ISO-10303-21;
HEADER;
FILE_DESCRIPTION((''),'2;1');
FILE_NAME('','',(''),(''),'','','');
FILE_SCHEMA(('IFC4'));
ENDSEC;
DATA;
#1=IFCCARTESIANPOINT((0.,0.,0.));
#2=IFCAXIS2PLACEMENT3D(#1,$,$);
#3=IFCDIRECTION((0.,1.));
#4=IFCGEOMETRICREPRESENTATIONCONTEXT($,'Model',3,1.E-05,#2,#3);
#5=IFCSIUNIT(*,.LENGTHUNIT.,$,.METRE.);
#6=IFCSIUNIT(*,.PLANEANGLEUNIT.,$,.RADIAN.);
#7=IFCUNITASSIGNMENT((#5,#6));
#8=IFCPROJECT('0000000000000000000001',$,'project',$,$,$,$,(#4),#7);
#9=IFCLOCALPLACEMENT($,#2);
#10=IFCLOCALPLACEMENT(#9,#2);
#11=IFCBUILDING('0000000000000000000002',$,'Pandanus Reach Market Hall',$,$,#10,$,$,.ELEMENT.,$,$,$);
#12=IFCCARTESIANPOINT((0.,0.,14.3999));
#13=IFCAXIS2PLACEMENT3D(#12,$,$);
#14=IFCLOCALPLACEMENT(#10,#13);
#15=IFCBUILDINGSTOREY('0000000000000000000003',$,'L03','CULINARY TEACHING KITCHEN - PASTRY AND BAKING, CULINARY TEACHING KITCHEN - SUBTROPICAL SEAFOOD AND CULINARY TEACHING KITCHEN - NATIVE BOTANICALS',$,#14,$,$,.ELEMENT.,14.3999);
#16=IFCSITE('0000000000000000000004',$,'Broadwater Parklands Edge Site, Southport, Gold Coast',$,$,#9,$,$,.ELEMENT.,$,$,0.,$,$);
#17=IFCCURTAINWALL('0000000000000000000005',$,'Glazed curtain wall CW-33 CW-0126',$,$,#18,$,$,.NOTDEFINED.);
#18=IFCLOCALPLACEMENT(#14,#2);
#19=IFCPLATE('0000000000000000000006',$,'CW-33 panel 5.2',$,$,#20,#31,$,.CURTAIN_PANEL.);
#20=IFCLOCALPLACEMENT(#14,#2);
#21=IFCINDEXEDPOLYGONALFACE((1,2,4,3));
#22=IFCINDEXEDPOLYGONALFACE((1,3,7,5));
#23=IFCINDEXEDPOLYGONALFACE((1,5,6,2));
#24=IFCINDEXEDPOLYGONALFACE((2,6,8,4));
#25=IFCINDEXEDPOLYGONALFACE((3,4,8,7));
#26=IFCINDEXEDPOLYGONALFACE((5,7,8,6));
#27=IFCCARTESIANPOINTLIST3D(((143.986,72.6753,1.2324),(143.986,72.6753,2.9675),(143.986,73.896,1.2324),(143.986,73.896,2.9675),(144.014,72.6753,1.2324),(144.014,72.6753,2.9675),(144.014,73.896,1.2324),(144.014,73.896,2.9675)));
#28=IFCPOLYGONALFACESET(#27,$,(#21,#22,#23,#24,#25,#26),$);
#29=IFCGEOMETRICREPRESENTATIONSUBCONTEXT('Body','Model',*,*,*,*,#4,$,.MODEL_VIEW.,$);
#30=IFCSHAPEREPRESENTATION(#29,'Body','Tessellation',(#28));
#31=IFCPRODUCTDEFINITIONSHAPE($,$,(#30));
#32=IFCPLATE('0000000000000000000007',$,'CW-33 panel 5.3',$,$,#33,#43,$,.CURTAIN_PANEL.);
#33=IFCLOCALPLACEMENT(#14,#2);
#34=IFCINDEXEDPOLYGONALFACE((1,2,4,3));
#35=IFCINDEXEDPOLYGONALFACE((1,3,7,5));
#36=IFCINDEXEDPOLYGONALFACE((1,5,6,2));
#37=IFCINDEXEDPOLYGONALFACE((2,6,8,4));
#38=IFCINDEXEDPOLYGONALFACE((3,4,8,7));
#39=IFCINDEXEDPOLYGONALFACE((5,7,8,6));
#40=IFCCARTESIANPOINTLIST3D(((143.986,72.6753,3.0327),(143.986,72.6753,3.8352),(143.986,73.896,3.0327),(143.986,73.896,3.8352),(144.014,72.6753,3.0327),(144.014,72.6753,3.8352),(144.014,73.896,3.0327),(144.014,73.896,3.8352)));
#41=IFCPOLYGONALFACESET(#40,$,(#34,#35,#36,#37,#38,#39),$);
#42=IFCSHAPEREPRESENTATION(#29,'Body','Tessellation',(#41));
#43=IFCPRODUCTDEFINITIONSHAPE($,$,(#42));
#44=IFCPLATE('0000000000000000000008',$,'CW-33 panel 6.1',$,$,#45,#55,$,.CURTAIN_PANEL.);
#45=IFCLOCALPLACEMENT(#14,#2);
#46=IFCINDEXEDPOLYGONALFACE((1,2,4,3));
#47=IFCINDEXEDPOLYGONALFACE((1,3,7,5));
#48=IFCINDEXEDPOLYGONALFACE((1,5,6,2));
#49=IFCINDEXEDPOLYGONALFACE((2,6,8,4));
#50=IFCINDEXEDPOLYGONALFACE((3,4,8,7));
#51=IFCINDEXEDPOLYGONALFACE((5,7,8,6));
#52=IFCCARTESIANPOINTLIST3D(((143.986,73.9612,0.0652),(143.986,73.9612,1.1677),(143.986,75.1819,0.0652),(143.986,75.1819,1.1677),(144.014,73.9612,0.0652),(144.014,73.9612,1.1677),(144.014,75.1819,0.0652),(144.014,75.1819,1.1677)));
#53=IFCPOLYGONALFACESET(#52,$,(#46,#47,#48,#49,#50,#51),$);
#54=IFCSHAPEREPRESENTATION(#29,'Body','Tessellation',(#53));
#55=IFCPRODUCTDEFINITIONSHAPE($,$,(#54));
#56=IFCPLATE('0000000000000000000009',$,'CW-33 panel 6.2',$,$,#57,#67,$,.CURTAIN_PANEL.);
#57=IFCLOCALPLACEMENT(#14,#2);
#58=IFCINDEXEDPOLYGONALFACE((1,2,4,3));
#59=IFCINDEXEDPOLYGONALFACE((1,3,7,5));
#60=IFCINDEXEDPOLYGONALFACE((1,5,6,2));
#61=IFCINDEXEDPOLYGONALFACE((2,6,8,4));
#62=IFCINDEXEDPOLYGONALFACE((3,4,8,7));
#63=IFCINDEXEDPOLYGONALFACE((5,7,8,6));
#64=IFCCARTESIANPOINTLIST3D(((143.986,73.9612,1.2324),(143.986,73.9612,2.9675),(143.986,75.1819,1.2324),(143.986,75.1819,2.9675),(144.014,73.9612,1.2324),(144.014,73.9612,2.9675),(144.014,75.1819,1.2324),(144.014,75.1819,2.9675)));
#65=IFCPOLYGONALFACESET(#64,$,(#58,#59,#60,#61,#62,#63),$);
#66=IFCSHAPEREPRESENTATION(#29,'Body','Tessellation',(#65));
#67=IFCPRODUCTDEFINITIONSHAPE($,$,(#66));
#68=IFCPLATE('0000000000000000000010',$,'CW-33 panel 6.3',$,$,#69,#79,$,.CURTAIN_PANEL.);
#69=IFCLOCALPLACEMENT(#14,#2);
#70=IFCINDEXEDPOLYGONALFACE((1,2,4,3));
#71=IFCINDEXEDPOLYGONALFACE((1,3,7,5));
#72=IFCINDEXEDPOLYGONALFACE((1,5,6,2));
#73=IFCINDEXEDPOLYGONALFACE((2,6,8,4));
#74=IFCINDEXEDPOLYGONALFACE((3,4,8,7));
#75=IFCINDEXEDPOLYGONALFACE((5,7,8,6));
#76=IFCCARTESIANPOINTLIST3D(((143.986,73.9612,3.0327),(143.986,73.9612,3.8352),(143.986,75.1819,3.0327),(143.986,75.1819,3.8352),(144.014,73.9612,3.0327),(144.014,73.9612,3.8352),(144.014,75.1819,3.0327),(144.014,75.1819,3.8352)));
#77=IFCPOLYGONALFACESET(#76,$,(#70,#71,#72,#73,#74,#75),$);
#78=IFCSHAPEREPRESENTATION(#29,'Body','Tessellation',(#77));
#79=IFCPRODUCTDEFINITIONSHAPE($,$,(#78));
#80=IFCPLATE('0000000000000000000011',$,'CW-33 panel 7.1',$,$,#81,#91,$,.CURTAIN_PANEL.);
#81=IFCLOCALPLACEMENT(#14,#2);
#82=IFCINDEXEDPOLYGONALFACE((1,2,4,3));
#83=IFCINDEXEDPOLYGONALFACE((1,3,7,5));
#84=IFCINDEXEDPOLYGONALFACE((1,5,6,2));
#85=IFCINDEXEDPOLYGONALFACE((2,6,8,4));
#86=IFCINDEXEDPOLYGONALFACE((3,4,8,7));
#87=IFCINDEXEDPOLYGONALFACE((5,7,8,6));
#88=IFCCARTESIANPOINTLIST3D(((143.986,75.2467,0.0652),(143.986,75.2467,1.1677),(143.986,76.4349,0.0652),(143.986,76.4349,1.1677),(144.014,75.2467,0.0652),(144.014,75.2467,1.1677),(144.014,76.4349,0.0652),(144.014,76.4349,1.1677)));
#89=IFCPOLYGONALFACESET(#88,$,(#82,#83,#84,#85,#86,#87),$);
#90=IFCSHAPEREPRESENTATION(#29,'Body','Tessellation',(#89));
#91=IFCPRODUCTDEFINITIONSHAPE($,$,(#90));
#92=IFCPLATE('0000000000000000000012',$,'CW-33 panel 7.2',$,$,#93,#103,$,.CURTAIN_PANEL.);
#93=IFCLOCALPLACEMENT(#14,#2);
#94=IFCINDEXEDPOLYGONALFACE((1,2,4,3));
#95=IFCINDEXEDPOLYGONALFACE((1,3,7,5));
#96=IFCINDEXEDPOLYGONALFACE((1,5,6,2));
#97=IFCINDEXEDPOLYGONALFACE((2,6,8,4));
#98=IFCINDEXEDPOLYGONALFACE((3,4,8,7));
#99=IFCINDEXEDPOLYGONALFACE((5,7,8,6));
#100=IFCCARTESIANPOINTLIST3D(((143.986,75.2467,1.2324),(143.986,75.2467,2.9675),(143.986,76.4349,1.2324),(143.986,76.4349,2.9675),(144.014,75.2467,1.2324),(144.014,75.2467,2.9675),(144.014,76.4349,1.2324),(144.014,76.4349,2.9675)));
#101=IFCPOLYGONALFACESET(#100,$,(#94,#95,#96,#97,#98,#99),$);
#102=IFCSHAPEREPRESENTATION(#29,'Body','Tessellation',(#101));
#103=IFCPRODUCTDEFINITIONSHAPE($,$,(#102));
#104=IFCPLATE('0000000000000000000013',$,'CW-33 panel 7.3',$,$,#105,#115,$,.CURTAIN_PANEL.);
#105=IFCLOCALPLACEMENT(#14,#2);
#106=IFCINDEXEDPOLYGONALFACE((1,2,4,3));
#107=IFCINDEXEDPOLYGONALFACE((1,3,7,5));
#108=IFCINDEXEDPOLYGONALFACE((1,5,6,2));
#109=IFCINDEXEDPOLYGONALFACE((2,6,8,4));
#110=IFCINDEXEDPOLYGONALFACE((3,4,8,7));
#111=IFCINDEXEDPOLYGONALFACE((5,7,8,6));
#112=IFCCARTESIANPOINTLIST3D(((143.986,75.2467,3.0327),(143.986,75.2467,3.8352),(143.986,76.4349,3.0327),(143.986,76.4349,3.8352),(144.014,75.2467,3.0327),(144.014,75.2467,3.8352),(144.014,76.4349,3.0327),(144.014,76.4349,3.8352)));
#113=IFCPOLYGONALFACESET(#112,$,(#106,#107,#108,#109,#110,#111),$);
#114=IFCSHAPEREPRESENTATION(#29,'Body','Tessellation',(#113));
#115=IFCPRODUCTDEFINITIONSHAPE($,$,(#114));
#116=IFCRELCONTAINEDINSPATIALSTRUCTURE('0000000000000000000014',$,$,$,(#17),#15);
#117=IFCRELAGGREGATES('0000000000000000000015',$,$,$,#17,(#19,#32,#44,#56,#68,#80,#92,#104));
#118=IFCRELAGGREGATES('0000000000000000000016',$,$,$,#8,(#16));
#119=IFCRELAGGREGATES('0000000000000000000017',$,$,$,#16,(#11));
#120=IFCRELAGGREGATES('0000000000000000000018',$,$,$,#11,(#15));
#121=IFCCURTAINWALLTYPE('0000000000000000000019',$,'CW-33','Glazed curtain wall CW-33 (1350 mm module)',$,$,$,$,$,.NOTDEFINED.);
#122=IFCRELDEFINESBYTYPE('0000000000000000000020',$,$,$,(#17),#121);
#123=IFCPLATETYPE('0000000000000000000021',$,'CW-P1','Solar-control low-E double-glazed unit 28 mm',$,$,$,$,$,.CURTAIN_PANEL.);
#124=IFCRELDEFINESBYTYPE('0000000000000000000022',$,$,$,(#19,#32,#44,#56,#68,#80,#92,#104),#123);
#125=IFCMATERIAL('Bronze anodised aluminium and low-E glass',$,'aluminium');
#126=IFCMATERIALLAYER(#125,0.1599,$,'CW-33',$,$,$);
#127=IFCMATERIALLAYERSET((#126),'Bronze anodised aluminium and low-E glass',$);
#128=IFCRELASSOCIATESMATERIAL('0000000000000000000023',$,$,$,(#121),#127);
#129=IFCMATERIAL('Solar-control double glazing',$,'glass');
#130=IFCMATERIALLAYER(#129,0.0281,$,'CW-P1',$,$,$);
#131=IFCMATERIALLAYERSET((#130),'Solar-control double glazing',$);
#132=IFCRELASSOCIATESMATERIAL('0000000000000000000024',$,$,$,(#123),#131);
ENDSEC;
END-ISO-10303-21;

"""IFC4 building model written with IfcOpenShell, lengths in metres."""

from ifc_helpers import new_model, si_unit, direction, frame, origin, origin_2d, place, context, subcontext, project, spatial, rectangle, extrude, material, layer, layer_set, type_object, element, aggregate, save


model = new_model("IFC4")

# Units and contexts
model_context = context("Model", 3, precision=1e-05, world=origin(), true_north=direction((0.0, 1.0)))
body_context = subcontext(model_context, "Body", "Model", "MODEL_VIEW")
ifc_project = project(units=[si_unit("LENGTHUNIT", "METRE"), si_unit("PLANEANGLEUNIT", "RADIAN")], contexts=[model_context])

# Site, building, storey
site_placement = place(None, origin())
site = spatial("IfcSite", under=ifc_project, at=site_placement, Name="Broadwater Parklands Edge Site, Southport, Gold Coast", CompositionType="ELEMENT", RefElevation=0.0)
building_placement = place(site_placement, origin())
building = spatial("IfcBuilding", under=site, at=building_placement, Name="Pandanus Reach Market Hall", CompositionType="ELEMENT")
storey_placement = place(building_placement, frame((0.0, 0.0, 14.3999)))
storey = spatial("IfcBuildingStorey", under=building, at=storey_placement, Name="L03", Description="CULINARY TEACHING KITCHEN - PASTRY AND BAKING, CULINARY TEACHING KITCHEN - SUBTROPICAL SEAFOOD AND CULINARY TEACHING KITCHEN - NATIVE BOTANICALS", CompositionType="ELEMENT", Elevation=14.3999)

# Shared definitions
ifc_material_1 = material(Name="Bronze anodised aluminium and low-E glass", Category="aluminium")

# Curtain wall
ifc_layer_1 = layer(ifc_material_1, 0.1599, Name="CW-33")
ifc_layer_set_1 = layer_set([ifc_layer_1], Name="Bronze anodised aluminium and low-E glass")
curtain_wall_type_1 = type_object("IfcCurtainWallType", Name="CW-33", Description="Glazed curtain wall CW-33 (1350 mm module)", PredefinedType="NOTDEFINED", material=ifc_layer_set_1)
curtain_wall_1_placement = place(storey_placement, origin())
curtain_wall_1 = element("IfcCurtainWall", 1, at=curtain_wall_1_placement, inside=storey, type_object=curtain_wall_type_1, Name="Glazed curtain wall CW-33 CW-0126", PredefinedType="NOTDEFINED")

# Plates
ifc_material_2 = material(Name="Solar-control double glazing", Category="glass")
ifc_layer_2 = layer(ifc_material_2, 0.0281, Name="CW-P1")
ifc_layer_set_2 = layer_set([ifc_layer_2], Name="Solar-control double glazing")
plate_type = type_object("IfcPlateType", Name="CW-P1", Description="Solar-control low-E double-glazed unit 28 mm", PredefinedType="CURTAIN_PANEL", material=ifc_layer_set_2)
plate_1_placement = place(storey_placement, frame((144.0, 73.2856, 1.2324), z_axis=(0.0, 0.0, 1.0), x_axis=(0.0, 1.0, 0.0)))
plate_1 = element("IfcPlate", 2, at=plate_1_placement, type_object=plate_type, Name="CW-33 panel 5.2", PredefinedType="CURTAIN_PANEL", context=body_context, shape_type="SweptSolid", body=[
    extrude(rectangle(XDim=1.2207, YDim=0.0281, at=origin_2d()), origin(), (0.0, 0.0, 1.0), 1.7351),
])
plate_2_placement = place(storey_placement, frame((144.0, 73.2856, 3.0327), z_axis=(0.0, 0.0, 1.0), x_axis=(0.0, 1.0, 0.0)))
plate_2 = element("IfcPlate", 3, at=plate_2_placement, type_object=plate_type, Name="CW-33 panel 5.3", PredefinedType="CURTAIN_PANEL", context=body_context, shape_type="SweptSolid", body=[
    extrude(rectangle(XDim=1.2207, YDim=0.0281, at=origin_2d()), origin(), (0.0, 0.0, 1.0), 0.8025),
])
plate_3_placement = place(storey_placement, frame((144.0, 74.5715, 0.0652), z_axis=(0.0, 0.0, 1.0), x_axis=(0.0, 1.0, 0.0)))
plate_3 = element("IfcPlate", 4, at=plate_3_placement, type_object=plate_type, Name="CW-33 panel 6.1", PredefinedType="CURTAIN_PANEL", context=body_context, shape_type="SweptSolid", body=[
    extrude(rectangle(XDim=1.2207, YDim=0.0281, at=origin_2d()), origin(), (0.0, 0.0, 1.0), 1.1025),
])
plate_4_placement = place(storey_placement, frame((144.0, 74.5715, 1.2324), z_axis=(0.0, 0.0, 1.0), x_axis=(0.0, 1.0, 0.0)))
plate_4 = element("IfcPlate", 5, at=plate_4_placement, type_object=plate_type, Name="CW-33 panel 6.2", PredefinedType="CURTAIN_PANEL", context=body_context, shape_type="SweptSolid", body=[
    extrude(rectangle(XDim=1.2207, YDim=0.0281, at=origin_2d()), origin(), (0.0, 0.0, 1.0), 1.7351),
])
plate_5_placement = place(storey_placement, frame((144.0, 74.5715, 3.0327), z_axis=(0.0, 0.0, 1.0), x_axis=(0.0, 1.0, 0.0)))
plate_5 = element("IfcPlate", 6, at=plate_5_placement, type_object=plate_type, Name="CW-33 panel 6.3", PredefinedType="CURTAIN_PANEL", context=body_context, shape_type="SweptSolid", body=[
    extrude(rectangle(XDim=1.2207, YDim=0.0281, at=origin_2d()), origin(), (0.0, 0.0, 1.0), 0.8025),
])
plate_6_placement = place(storey_placement, frame((144.0, 75.8408, 0.0652), z_axis=(0.0, 0.0, 1.0), x_axis=(0.0, 1.0, 0.0)))
plate_6 = element("IfcPlate", 7, at=plate_6_placement, type_object=plate_type, Name="CW-33 panel 7.1", PredefinedType="CURTAIN_PANEL", context=body_context, shape_type="SweptSolid", body=[
    extrude(rectangle(XDim=1.1882, YDim=0.0281, at=origin_2d()), origin(), (0.0, 0.0, 1.0), 1.1025),
])
plate_7_placement = place(storey_placement, frame((144.0, 75.8408, 1.2324), z_axis=(0.0, 0.0, 1.0), x_axis=(0.0, 1.0, 0.0)))
plate_7 = element("IfcPlate", 8, at=plate_7_placement, type_object=plate_type, Name="CW-33 panel 7.2", PredefinedType="CURTAIN_PANEL", context=body_context, shape_type="SweptSolid", body=[
    extrude(rectangle(XDim=1.1882, YDim=0.0281, at=origin_2d()), origin(), (0.0, 0.0, 1.0), 1.7351),
])
plate_8_placement = place(storey_placement, frame((144.0, 75.8408, 3.0327), z_axis=(0.0, 0.0, 1.0), x_axis=(0.0, 1.0, 0.0)))
plate_8 = element("IfcPlate", 9, at=plate_8_placement, type_object=plate_type, Name="CW-33 panel 7.3", PredefinedType="CURTAIN_PANEL", context=body_context, shape_type="SweptSolid", body=[
    extrude(rectangle(XDim=1.1882, YDim=0.0281, at=origin_2d()), origin(), (0.0, 0.0, 1.0), 0.8025),
])
aggregate(curtain_wall_1, [plate_1, plate_2, plate_3, plate_4, plate_5, plate_6, plate_7, plate_8])

save(model, "model.ifc")
